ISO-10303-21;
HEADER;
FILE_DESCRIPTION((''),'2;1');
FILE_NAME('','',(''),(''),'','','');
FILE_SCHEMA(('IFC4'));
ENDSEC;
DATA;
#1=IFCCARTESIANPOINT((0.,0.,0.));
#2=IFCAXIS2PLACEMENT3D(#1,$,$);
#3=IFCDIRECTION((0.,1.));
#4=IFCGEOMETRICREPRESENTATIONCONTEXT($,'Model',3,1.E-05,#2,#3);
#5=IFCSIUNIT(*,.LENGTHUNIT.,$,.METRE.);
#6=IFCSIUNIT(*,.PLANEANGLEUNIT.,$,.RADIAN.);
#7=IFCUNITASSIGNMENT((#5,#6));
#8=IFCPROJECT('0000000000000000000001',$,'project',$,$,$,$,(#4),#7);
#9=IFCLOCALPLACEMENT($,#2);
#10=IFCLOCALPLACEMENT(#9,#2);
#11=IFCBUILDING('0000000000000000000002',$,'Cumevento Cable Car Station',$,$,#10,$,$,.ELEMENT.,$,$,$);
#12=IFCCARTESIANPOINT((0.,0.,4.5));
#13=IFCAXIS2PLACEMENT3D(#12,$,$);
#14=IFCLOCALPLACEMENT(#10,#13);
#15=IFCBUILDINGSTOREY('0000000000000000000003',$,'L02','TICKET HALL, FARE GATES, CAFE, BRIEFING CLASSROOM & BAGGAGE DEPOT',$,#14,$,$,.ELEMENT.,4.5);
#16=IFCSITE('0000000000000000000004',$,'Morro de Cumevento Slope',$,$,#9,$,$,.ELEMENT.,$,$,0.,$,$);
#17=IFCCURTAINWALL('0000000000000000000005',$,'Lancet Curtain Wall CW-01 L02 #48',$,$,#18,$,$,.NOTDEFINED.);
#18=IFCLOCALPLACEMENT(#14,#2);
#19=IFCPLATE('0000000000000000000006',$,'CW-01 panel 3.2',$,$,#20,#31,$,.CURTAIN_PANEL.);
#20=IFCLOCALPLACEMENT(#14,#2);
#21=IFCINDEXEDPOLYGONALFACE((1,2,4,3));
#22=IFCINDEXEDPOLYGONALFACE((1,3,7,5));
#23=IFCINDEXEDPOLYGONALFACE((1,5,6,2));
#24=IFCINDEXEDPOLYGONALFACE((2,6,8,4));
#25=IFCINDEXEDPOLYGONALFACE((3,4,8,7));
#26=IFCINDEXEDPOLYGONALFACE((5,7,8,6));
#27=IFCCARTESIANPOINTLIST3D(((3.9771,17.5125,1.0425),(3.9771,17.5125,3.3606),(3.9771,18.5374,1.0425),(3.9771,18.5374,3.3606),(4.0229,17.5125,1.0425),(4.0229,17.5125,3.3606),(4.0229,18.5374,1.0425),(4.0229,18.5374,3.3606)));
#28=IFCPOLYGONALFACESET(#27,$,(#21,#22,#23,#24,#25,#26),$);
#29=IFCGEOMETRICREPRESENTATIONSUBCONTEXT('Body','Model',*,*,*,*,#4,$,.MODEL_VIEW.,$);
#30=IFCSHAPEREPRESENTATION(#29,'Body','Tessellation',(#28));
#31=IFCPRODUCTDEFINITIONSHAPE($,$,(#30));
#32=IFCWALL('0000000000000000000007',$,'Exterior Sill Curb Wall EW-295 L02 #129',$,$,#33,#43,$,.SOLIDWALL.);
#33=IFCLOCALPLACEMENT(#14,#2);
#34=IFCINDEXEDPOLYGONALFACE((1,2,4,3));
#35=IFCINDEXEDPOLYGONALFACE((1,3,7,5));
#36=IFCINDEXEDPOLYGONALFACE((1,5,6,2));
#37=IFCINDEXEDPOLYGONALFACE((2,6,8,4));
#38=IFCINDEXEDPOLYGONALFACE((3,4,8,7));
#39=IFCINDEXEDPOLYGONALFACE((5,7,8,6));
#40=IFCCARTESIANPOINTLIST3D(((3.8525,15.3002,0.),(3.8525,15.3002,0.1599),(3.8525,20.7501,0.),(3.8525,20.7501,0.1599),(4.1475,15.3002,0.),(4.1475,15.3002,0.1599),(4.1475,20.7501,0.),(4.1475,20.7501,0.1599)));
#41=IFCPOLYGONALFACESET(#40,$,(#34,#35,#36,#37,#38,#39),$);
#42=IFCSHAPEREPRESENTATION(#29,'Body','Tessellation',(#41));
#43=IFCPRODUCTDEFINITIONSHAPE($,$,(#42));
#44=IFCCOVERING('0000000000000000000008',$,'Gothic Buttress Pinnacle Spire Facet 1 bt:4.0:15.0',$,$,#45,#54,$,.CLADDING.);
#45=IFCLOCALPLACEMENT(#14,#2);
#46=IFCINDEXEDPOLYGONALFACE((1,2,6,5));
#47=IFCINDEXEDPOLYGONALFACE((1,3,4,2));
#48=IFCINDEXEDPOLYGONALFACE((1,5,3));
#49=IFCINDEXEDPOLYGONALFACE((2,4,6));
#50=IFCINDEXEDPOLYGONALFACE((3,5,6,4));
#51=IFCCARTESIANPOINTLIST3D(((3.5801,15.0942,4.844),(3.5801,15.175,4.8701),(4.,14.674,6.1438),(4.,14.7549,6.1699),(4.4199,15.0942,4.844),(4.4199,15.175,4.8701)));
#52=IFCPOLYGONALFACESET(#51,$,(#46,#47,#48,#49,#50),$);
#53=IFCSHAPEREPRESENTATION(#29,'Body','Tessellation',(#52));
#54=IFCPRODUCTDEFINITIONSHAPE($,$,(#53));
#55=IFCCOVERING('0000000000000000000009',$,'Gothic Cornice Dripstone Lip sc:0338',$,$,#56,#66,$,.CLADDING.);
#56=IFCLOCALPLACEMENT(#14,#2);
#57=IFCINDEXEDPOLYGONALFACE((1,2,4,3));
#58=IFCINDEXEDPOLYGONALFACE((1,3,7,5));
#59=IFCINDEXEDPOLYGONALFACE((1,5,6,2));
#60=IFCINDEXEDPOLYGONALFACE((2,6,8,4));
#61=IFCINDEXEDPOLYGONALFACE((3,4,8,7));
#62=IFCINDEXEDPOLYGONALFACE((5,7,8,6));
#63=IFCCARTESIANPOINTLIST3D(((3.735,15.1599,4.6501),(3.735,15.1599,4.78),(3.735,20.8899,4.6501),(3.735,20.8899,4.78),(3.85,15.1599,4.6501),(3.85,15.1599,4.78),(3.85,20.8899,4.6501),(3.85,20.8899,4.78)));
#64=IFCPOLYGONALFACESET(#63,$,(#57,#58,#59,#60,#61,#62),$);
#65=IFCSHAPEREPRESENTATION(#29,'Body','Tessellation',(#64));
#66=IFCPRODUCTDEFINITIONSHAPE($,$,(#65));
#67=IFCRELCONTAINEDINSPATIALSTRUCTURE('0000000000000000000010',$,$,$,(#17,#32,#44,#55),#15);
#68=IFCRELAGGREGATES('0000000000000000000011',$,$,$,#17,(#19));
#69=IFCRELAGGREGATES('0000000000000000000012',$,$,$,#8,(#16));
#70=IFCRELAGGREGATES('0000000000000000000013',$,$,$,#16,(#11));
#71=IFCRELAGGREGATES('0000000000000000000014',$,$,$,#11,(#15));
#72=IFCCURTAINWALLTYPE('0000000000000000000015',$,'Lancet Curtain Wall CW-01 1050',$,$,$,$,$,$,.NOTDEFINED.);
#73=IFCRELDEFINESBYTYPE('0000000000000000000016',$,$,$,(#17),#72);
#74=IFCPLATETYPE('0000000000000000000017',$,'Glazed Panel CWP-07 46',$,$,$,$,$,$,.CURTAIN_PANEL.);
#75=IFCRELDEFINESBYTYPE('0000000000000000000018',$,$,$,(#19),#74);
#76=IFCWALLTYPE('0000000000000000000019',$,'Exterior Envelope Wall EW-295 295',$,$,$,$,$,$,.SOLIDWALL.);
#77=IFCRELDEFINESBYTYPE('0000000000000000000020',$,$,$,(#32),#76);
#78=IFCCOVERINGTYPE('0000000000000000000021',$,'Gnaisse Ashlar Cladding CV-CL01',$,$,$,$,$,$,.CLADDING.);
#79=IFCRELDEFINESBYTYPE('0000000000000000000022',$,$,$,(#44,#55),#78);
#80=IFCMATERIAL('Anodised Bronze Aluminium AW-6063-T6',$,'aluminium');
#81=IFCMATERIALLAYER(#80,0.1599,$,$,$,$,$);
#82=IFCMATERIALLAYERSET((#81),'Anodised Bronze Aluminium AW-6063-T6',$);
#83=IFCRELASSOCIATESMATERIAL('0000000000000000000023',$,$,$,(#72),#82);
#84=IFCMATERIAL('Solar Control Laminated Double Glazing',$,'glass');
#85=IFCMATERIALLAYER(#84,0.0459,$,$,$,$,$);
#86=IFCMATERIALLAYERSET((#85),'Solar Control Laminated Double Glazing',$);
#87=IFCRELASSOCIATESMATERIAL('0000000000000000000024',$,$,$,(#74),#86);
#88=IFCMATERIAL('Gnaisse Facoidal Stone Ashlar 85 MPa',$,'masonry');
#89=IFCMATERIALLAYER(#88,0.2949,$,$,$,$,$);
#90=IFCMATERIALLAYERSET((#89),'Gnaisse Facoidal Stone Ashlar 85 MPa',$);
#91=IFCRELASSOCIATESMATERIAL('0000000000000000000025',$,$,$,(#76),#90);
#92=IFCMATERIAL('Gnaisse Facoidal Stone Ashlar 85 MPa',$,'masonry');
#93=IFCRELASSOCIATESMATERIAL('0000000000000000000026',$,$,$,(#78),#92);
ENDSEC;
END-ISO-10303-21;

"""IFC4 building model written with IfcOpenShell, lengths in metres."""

from ifc_helpers import new_model, si_unit, direction, frame, frame_2d, origin, origin_2d, place, context, subcontext, project, spatial, polyline, rectangle, outline, extrude, material, layer, layer_set, type_object, element, aggregate, save


model = new_model("IFC4")

# Units and contexts
model_context = context("Model", 3, precision=1e-05, world=origin(), true_north=direction((0.0, 1.0)))
body_context = subcontext(model_context, "Body", "Model", "MODEL_VIEW")
ifc_project = project(units=[si_unit("LENGTHUNIT", "METRE"), si_unit("PLANEANGLEUNIT", "RADIAN")], contexts=[model_context])

# Site, building, storey
site_placement = place(None, origin())
site = spatial("IfcSite", under=ifc_project, at=site_placement, Name="Morro de Cumevento Slope", CompositionType="ELEMENT", RefElevation=0.0)
building_placement = place(site_placement, origin())
building = spatial("IfcBuilding", under=site, at=building_placement, Name="Cumevento Cable Car Station", CompositionType="ELEMENT")
storey_placement = place(building_placement, frame((0.0, 0.0, 4.5)))
storey = spatial("IfcBuildingStorey", under=building, at=storey_placement, Name="L02", Description="TICKET HALL, FARE GATES, CAFE, BRIEFING CLASSROOM & BAGGAGE DEPOT", CompositionType="ELEMENT", Elevation=4.5)

# Curtain wall
ifc_material_1 = material(Name="Anodised Bronze Aluminium AW-6063-T6", Category="aluminium")
ifc_layer_1 = layer(ifc_material_1, 0.1599)
ifc_layer_set_1 = layer_set([ifc_layer_1], Name="Anodised Bronze Aluminium AW-6063-T6")
curtain_wall_type = type_object("IfcCurtainWallType", Name="Lancet Curtain Wall CW-01 1050", PredefinedType="NOTDEFINED", material=ifc_layer_set_1)
curtain_wall_placement = place(storey_placement, origin())
curtain_wall = element("IfcCurtainWall", 1, at=curtain_wall_placement, inside=storey, type_object=curtain_wall_type, Name="Lancet Curtain Wall CW-01 L02 #48", PredefinedType="NOTDEFINED")

# Plate
ifc_material_2 = material(Name="Solar Control Laminated Double Glazing", Category="glass")
ifc_layer_2 = layer(ifc_material_2, 0.0459)
ifc_layer_set_2 = layer_set([ifc_layer_2], Name="Solar Control Laminated Double Glazing")
plate_type = type_object("IfcPlateType", Name="Glazed Panel CWP-07 46", PredefinedType="CURTAIN_PANEL", material=ifc_layer_set_2)
plate_1_placement = place(storey_placement, frame((4.0, 18.0249, 1.0425), z_axis=(0.0, 0.0, 1.0), x_axis=(0.0, 1.0, 0.0)))
plate_1 = element("IfcPlate", 2, at=plate_1_placement, type_object=plate_type, Name="CW-01 panel 3.2", PredefinedType="CURTAIN_PANEL", context=body_context, shape_type="SweptSolid", body=[
    extrude(rectangle(XDim=1.0249, YDim=0.0459, at=origin_2d()), origin(), (0.0, 0.0, 1.0), 2.3181),
])
aggregate(curtain_wall, [plate_1])

# Wall
ifc_material_3 = material(Name="Gnaisse Facoidal Stone Ashlar 85 MPa", Category="masonry")
ifc_layer_3 = layer(ifc_material_3, 0.2949)
ifc_layer_set_3 = layer_set([ifc_layer_3], Name="Gnaisse Facoidal Stone Ashlar 85 MPa")
wall_type = type_object("IfcWallType", Name="Exterior Envelope Wall EW-295 295", PredefinedType="SOLIDWALL", material=ifc_layer_set_3)
wall_placement = place(storey_placement, frame((4.0, 15.3, 0.0), z_axis=(0.0, 0.0, 1.0), x_axis=(0.0, 1.0, 0.0)))
element("IfcWall", 3, at=wall_placement, inside=storey, type_object=wall_type, Name="Exterior Sill Curb Wall EW-295 L02 #129", PredefinedType="SOLIDWALL", context=body_context, shape_type="SweptSolid", body=[
    extrude(rectangle(XDim=5.45, YDim=0.2949, at=frame_2d((2.7251, 0.0))), origin(), (0.0, 0.0, 1.0), 0.1599),
])

# Coverings
ifc_material_4 = material(Name="Gnaisse Facoidal Stone Ashlar 85 MPa", Category="masonry")
covering_type = type_object("IfcCoveringType", Name="Gnaisse Ashlar Cladding CV-CL01", PredefinedType="CLADDING", material=ifc_material_4)
covering_1_placement = place(storey_placement, frame((3.5801, 15.175, 4.8701), z_axis=(0.0, 0.951521, 0.307582), x_axis=(1.0, 0.0, 0.0)))
element("IfcCovering", 4, at=covering_1_placement, inside=storey, type_object=covering_type, Name="Gothic Buttress Pinnacle Spire Facet 1 bt:4.0:15.0", PredefinedType="CLADDING", context=body_context, shape_type="SweptSolid", body=[
    extrude(outline(polyline([(0.0, 0.0), (0.8398, 0.0), (0.4199, -1.366), (0.0, 0.0)])), origin(), (0.0, 0.0, -1.0), 0.085),
])
covering_2_placement = place(storey_placement, frame((3.7925, 18.0249, 4.6501), z_axis=(0.0, 0.0, 1.0), x_axis=(0.0, 1.0, 0.0)))
element("IfcCovering", 5, at=covering_2_placement, inside=storey, type_object=covering_type, Name="Gothic Cornice Dripstone Lip sc:0338", PredefinedType="CLADDING", context=body_context, shape_type="SweptSolid", body=[
    extrude(rectangle(XDim=5.73, YDim=0.115, at=origin_2d()), origin(), (0.0, 0.0, 1.0), 0.1299),
])

save(model, "model.ifc")
